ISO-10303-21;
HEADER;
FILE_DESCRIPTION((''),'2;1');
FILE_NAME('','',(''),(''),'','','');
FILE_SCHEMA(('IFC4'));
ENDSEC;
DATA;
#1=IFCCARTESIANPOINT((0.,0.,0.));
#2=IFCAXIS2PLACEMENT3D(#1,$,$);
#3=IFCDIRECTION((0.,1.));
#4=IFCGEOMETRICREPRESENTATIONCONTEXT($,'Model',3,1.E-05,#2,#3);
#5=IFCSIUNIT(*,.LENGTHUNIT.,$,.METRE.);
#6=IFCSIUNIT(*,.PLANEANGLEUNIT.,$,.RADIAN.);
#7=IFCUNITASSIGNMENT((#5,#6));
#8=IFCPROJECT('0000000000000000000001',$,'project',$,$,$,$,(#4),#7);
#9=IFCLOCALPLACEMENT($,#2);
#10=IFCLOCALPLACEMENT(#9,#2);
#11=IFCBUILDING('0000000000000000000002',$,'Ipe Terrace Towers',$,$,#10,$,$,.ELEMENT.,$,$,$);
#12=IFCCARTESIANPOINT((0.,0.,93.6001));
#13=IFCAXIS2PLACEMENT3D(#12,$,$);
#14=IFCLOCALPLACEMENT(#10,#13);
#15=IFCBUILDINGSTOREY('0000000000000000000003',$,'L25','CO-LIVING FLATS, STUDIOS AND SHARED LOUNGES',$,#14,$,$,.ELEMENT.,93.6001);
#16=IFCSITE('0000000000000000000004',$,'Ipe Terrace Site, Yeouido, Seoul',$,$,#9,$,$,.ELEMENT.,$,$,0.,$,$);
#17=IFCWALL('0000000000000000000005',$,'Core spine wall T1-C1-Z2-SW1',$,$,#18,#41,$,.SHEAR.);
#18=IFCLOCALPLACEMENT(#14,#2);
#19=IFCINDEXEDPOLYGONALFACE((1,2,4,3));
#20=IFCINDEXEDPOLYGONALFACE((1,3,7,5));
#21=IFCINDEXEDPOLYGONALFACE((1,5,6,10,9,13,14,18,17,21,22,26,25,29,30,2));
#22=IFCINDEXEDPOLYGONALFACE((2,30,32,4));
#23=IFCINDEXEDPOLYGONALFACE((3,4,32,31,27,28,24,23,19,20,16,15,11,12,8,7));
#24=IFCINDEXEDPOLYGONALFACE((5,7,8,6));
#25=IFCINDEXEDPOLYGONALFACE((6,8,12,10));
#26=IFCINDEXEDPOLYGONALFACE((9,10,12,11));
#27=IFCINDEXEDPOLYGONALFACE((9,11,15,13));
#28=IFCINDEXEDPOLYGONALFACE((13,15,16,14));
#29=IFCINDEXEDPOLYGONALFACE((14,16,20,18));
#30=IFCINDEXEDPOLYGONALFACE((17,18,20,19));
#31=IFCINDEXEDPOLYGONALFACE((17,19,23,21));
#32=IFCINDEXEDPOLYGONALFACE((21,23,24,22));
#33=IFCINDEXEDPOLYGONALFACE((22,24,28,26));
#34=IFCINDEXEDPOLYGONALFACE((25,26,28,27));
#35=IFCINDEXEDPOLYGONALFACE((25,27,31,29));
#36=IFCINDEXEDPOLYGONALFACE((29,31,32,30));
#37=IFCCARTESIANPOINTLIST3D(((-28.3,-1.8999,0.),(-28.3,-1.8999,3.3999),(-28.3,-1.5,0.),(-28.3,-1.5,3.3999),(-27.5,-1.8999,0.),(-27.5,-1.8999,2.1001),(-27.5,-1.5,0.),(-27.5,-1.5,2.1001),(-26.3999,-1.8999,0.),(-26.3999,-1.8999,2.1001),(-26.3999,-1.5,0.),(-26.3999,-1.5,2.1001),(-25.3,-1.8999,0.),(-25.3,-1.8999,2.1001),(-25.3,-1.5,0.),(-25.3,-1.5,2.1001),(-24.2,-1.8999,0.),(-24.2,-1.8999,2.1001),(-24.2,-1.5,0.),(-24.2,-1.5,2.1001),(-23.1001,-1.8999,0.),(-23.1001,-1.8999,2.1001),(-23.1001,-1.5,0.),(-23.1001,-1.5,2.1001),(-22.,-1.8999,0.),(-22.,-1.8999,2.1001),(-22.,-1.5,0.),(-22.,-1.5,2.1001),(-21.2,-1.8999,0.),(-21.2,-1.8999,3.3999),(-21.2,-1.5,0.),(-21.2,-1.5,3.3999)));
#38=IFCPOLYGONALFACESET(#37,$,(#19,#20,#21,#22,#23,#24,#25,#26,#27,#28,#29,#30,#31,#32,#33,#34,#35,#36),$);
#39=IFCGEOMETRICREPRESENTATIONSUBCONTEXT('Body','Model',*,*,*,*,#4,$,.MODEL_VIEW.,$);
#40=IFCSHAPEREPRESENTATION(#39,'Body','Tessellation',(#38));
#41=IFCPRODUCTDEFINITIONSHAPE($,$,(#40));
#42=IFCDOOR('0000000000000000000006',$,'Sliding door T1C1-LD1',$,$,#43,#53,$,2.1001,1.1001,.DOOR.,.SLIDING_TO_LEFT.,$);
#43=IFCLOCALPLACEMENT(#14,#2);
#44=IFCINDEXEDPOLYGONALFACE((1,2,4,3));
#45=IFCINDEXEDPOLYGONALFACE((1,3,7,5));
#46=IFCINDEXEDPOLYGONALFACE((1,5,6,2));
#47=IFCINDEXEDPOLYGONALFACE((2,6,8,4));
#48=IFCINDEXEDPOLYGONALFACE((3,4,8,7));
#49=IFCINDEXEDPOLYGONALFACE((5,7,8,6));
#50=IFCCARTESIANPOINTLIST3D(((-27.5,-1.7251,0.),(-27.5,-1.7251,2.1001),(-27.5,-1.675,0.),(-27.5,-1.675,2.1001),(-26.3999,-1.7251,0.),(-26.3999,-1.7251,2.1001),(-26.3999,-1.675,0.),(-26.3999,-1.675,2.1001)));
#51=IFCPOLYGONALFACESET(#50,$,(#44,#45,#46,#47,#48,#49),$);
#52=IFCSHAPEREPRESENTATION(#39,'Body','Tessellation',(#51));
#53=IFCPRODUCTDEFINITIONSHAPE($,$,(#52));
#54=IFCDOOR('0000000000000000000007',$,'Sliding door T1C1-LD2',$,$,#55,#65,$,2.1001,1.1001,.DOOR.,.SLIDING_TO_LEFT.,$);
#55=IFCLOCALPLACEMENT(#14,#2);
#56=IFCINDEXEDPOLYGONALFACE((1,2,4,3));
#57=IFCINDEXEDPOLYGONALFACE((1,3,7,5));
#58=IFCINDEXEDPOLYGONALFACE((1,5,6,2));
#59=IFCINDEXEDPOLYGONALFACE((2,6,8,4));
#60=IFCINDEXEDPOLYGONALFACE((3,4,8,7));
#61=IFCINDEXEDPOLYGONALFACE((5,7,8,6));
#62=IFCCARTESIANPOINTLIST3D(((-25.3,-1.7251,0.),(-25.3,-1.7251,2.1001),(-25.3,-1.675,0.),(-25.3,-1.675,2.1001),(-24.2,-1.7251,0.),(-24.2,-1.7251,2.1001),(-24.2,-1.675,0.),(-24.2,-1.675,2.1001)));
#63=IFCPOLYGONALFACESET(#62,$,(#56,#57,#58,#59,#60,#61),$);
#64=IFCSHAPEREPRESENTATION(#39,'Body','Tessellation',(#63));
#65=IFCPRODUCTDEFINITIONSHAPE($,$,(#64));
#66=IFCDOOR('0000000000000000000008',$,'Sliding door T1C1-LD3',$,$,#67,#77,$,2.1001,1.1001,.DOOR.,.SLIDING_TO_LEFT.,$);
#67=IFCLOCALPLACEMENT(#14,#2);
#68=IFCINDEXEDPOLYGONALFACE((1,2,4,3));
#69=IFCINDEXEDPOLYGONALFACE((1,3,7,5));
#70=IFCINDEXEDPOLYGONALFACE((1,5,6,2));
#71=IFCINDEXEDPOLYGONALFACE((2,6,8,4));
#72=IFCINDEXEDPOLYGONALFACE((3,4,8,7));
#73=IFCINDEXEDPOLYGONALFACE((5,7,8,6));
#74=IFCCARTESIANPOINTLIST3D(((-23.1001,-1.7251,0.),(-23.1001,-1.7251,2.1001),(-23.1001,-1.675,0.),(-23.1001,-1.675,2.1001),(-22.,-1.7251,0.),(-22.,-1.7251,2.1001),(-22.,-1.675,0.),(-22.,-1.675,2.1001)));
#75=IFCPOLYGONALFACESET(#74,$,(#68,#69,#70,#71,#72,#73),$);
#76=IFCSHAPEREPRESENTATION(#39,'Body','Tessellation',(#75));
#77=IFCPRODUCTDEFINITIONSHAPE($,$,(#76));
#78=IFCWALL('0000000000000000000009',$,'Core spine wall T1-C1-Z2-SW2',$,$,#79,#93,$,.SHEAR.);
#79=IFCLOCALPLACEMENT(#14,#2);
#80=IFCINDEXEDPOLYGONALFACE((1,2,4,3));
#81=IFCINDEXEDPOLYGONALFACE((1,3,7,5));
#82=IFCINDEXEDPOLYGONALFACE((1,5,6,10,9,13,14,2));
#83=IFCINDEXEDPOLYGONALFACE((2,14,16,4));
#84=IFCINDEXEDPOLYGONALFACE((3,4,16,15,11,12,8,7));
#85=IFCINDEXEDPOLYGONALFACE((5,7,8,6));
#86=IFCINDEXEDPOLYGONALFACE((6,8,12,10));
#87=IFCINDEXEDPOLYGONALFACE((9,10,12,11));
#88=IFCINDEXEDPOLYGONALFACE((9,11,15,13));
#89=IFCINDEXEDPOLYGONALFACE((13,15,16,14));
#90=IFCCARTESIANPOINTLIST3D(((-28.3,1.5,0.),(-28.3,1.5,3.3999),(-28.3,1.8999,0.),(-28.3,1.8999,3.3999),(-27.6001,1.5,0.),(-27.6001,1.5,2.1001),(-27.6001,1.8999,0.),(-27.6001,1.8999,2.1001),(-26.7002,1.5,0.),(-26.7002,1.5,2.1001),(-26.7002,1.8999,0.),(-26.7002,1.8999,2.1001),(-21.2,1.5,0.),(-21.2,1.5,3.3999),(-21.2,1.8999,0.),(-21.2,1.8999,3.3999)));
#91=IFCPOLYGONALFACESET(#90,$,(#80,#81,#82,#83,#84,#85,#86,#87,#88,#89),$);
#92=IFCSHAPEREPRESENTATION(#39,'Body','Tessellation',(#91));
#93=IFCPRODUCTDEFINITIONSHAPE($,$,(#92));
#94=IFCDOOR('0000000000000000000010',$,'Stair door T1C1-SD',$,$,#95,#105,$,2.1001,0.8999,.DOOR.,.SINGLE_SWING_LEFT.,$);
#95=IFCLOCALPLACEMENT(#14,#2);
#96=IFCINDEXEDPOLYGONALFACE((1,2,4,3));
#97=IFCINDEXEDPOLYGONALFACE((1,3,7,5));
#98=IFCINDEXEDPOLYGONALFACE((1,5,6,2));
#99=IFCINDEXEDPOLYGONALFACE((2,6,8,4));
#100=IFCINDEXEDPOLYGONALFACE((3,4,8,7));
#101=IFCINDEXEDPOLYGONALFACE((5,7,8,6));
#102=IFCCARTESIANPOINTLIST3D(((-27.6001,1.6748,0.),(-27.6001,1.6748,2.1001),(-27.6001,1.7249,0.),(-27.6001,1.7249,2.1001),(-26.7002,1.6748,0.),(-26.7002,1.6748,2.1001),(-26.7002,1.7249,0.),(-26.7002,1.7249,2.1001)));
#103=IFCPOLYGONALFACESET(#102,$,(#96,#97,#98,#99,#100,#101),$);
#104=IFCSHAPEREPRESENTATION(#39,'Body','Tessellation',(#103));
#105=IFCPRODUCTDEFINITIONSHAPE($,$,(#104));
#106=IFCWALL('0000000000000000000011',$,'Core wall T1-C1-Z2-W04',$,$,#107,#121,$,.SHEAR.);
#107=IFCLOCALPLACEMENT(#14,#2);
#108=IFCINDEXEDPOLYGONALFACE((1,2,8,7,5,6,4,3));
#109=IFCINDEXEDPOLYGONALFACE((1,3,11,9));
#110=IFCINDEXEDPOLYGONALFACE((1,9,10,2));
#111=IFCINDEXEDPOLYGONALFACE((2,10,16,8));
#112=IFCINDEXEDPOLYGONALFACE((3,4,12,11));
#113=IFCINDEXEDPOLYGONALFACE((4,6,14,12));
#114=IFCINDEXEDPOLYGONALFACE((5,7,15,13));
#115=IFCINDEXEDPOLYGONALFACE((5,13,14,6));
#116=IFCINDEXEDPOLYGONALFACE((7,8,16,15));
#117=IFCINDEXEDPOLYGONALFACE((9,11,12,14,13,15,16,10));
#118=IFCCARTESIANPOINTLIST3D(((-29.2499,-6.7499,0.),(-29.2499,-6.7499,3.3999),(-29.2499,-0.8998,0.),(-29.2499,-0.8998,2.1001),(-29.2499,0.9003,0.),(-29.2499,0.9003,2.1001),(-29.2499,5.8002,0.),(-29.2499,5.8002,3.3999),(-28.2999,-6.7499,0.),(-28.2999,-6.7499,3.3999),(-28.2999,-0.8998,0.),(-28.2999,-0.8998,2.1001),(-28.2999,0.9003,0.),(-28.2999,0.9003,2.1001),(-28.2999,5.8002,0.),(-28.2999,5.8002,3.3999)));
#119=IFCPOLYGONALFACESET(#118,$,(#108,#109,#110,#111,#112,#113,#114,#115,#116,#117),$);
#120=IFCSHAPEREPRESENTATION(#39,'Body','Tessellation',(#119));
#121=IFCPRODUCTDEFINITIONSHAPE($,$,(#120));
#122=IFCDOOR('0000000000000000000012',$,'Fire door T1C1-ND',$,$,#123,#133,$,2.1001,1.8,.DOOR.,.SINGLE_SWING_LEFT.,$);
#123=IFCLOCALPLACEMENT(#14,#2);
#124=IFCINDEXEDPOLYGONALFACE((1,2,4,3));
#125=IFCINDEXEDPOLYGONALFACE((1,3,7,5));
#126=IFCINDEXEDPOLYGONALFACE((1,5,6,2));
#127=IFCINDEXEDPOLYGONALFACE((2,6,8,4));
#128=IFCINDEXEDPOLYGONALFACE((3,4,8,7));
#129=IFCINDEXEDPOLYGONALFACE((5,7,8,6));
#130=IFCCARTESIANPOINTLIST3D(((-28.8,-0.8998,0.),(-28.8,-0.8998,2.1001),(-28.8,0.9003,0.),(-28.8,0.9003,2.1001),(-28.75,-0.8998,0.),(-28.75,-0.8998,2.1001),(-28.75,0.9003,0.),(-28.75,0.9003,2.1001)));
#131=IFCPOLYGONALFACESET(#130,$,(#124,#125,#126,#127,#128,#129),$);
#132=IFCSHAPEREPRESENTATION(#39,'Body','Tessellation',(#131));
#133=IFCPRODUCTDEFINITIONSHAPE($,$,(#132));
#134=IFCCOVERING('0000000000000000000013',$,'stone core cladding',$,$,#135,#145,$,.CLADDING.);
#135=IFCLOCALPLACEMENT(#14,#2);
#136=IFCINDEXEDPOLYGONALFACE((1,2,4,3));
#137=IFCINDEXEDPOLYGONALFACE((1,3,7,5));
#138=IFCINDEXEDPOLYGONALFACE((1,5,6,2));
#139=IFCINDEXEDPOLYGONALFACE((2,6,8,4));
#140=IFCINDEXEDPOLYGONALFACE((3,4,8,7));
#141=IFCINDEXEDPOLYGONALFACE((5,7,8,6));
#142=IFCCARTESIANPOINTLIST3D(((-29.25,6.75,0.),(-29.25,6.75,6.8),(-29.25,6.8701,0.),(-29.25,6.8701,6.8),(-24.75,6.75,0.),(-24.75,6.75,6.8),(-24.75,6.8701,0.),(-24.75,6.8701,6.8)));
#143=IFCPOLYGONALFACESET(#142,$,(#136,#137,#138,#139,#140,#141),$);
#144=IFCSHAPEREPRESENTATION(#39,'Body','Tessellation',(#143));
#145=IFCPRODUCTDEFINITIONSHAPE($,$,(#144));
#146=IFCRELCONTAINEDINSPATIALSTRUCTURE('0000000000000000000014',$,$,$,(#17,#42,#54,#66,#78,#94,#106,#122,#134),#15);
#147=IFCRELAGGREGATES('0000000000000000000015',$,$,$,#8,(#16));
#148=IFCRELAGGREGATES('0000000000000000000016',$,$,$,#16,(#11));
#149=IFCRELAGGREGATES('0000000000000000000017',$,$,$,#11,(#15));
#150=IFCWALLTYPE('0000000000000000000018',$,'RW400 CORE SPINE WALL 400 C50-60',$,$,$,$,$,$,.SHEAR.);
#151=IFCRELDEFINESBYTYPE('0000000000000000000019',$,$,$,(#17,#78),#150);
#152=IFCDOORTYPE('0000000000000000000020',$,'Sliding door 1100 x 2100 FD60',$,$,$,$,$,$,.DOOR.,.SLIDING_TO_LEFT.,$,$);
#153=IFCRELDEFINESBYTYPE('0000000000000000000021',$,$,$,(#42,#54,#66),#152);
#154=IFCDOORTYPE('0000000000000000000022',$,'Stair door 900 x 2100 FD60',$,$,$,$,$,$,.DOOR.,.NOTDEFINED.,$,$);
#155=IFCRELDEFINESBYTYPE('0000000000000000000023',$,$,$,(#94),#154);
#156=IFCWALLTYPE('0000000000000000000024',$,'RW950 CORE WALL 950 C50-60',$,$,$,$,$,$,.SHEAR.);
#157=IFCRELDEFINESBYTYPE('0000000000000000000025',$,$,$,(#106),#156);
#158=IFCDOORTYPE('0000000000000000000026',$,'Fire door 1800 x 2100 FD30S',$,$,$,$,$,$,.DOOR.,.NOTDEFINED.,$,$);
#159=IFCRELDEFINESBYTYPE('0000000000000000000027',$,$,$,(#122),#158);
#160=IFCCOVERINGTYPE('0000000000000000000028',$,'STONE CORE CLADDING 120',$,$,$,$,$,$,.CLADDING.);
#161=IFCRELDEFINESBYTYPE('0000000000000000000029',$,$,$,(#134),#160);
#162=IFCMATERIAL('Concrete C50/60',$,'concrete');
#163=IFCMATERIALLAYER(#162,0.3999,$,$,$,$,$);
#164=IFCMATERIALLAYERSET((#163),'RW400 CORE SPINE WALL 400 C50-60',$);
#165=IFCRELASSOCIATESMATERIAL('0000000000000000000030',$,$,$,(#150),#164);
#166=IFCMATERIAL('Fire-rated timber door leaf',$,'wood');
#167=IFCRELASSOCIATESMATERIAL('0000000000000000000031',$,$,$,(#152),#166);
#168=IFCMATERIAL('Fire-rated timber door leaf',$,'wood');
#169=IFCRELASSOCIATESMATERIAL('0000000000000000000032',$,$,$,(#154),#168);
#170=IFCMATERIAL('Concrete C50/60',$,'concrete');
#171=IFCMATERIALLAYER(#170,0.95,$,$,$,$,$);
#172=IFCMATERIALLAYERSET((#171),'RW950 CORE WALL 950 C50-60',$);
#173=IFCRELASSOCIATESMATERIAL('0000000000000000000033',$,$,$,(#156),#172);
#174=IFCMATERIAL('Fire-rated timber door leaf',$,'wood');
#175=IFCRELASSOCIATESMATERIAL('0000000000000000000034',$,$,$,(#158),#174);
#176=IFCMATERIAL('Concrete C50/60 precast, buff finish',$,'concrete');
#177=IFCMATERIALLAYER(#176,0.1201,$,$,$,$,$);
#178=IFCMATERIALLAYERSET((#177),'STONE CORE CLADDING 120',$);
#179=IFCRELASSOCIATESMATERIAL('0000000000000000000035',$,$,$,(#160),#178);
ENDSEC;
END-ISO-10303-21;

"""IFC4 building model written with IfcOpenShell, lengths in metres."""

from ifc_helpers import new_model, si_unit, direction, frame, frame_2d, origin, origin_2d, place, context, subcontext, project, spatial, rectangle, extrude, material, layer, layer_set, type_object, element, fill, save


model = new_model("IFC4")

# Units and contexts
model_context = context("Model", 3, precision=1e-05, world=origin(), true_north=direction((0.0, 1.0)))
body_context = subcontext(model_context, "Body", "Model", "MODEL_VIEW")
ifc_project = project(units=[si_unit("LENGTHUNIT", "METRE"), si_unit("PLANEANGLEUNIT", "RADIAN")], contexts=[model_context])

# Site, building, storey
site_placement = place(None, origin())
site = spatial("IfcSite", under=ifc_project, at=site_placement, Name="Ipe Terrace Site, Yeouido, Seoul", CompositionType="ELEMENT", RefElevation=0.0)
building_placement = place(site_placement, origin())
building = spatial("IfcBuilding", under=site, at=building_placement, Name="Ipe Terrace Towers", CompositionType="ELEMENT")
storey_placement = place(building_placement, frame((0.0, 0.0, 93.6001)))
storey = spatial("IfcBuildingStorey", under=building, at=storey_placement, Name="L25", Description="CO-LIVING FLATS, STUDIOS AND SHARED LOUNGES", CompositionType="ELEMENT", Elevation=93.6001)

# Wall, openings, doors
ifc_material_1 = material(Name="Concrete C50/60", Category="concrete")
ifc_layer_1 = layer(ifc_material_1, 0.3999)
ifc_layer_set_1 = layer_set([ifc_layer_1], Name="RW400 CORE SPINE WALL 400 C50-60")
wall_type_1 = type_object("IfcWallType", Name="RW400 CORE SPINE WALL 400 C50-60", PredefinedType="SHEAR", material=ifc_layer_set_1)
wall_1_placement = place(storey_placement, frame((-28.3, -1.7, 0.0), z_axis=(0.0, 0.0, 1.0), x_axis=(1.0, 0.0, 0.0)))
wall_1 = element("IfcWall", 1, at=wall_1_placement, inside=storey, type_object=wall_type_1, Name="Core spine wall T1-C1-Z2-SW1", PredefinedType="SHEAR", context=body_context, shape_type="SweptSolid", body=[
    extrude(rectangle(XDim=7.1001, YDim=0.3999, at=frame_2d((3.55, 0.0))), origin(), (0.0, 0.0, 1.0), 3.3999),
])
opening_1_placement = place(wall_1_placement, frame((0.8, 0.0, 0.0)))
opening_1 = element("IfcOpeningElement", 2, at=opening_1_placement, cuts=wall_1, PredefinedType="OPENING", context=body_context, shape_type="SweptSolid", body=[
    extrude(rectangle(XDim=1.1001, YDim=2.1001, at=frame_2d((0.55, 1.05))), frame((0.0, 0.21, 0.0), z_axis=(0.0, -1.0, 0.0), x_axis=(1.0, 0.0, 0.0)), (0.0, 0.0, 1.0), 0.4199),
])
opening_2_placement = place(wall_1_placement, frame((3.0, 0.0, 0.0)))
opening_2 = element("IfcOpeningElement", 3, at=opening_2_placement, cuts=wall_1, PredefinedType="OPENING", context=body_context, shape_type="SweptSolid", body=[
    extrude(rectangle(XDim=1.1001, YDim=2.1001, at=frame_2d((0.55, 1.05))), frame((0.0, 0.21, 0.0), z_axis=(0.0, -1.0, 0.0), x_axis=(1.0, 0.0, 0.0)), (0.0, 0.0, 1.0), 0.4199),
])
opening_3_placement = place(wall_1_placement, frame((5.2, 0.0, 0.0)))
opening_3 = element("IfcOpeningElement", 4, at=opening_3_placement, cuts=wall_1, PredefinedType="OPENING", context=body_context, shape_type="SweptSolid", body=[
    extrude(rectangle(XDim=1.1001, YDim=2.1001, at=frame_2d((0.55, 1.05))), frame((0.0, 0.21, 0.0), z_axis=(0.0, -1.0, 0.0), x_axis=(1.0, 0.0, 0.0)), (0.0, 0.0, 1.0), 0.4199),
])
ifc_material_2 = material(Name="Fire-rated timber door leaf", Category="wood")
door_type_1 = type_object("IfcDoorType", Name="Sliding door 1100 x 2100 FD60", OperationType="SLIDING_TO_LEFT", PredefinedType="DOOR", material=ifc_material_2)
door_1_placement = place(opening_1_placement, origin())
door_1 = element("IfcDoor", 5, at=door_1_placement, inside=storey, type_object=door_type_1, Name="Sliding door T1C1-LD1", OperationType="SLIDING_TO_LEFT", OverallHeight=2.1001, OverallWidth=1.1001, PredefinedType="DOOR", context=body_context, shape_type="SweptSolid", body=[
    extrude(rectangle(XDim=1.1001, YDim=2.1001, at=frame_2d((0.55, 1.05))), frame((0.0, 0.0249, 0.0), z_axis=(0.0, -1.0, 0.0), x_axis=(1.0, 0.0, 0.0)), (0.0, 0.0, 1.0), 0.05),
])
fill(opening_1, door_1)
door_2_placement = place(opening_2_placement, origin())
door_2 = element("IfcDoor", 6, at=door_2_placement, inside=storey, type_object=door_type_1, Name="Sliding door T1C1-LD2", OperationType="SLIDING_TO_LEFT", OverallHeight=2.1001, OverallWidth=1.1001, PredefinedType="DOOR", context=body_context, shape_type="SweptSolid", body=[
    extrude(rectangle(XDim=1.1001, YDim=2.1001, at=frame_2d((0.55, 1.05))), frame((0.0, 0.0249, 0.0), z_axis=(0.0, -1.0, 0.0), x_axis=(1.0, 0.0, 0.0)), (0.0, 0.0, 1.0), 0.05),
])
fill(opening_2, door_2)
door_3_placement = place(opening_3_placement, origin())
door_3 = element("IfcDoor", 7, at=door_3_placement, inside=storey, type_object=door_type_1, Name="Sliding door T1C1-LD3", OperationType="SLIDING_TO_LEFT", OverallHeight=2.1001, OverallWidth=1.1001, PredefinedType="DOOR", context=body_context, shape_type="SweptSolid", body=[
    extrude(rectangle(XDim=1.1001, YDim=2.1001, at=frame_2d((0.55, 1.05))), frame((0.0, 0.0249, 0.0), z_axis=(0.0, -1.0, 0.0), x_axis=(1.0, 0.0, 0.0)), (0.0, 0.0, 1.0), 0.05),
])
fill(opening_3, door_3)

# Walls, openings, doors
wall_2_placement = place(storey_placement, frame((-28.3, 1.7, 0.0), z_axis=(0.0, 0.0, 1.0), x_axis=(1.0, 0.0, 0.0)))
wall_2 = element("IfcWall", 8, at=wall_2_placement, inside=storey, type_object=wall_type_1, Name="Core spine wall T1-C1-Z2-SW2", PredefinedType="SHEAR", context=body_context, shape_type="SweptSolid", body=[
    extrude(rectangle(XDim=7.1001, YDim=0.3999, at=frame_2d((3.55, 0.0))), origin(), (0.0, 0.0, 1.0), 3.3999),
])
opening_4_placement = place(wall_2_placement, frame((0.7, 0.0, 0.0)))
opening_4 = element("IfcOpeningElement", 9, at=opening_4_placement, cuts=wall_2, PredefinedType="OPENING", context=body_context, shape_type="SweptSolid", body=[
    extrude(rectangle(XDim=0.8999, YDim=2.1001, at=frame_2d((0.45, 1.05))), frame((0.0, 0.21, 0.0), z_axis=(0.0, -1.0, 0.0), x_axis=(1.0, 0.0, 0.0)), (0.0, 0.0, 1.0), 0.4199),
])
ifc_material_3 = material(Name="Fire-rated timber door leaf", Category="wood")
door_type_2 = type_object("IfcDoorType", Name="Stair door 900 x 2100 FD60", OperationType="NOTDEFINED", PredefinedType="DOOR", material=ifc_material_3)
door_4_placement = place(opening_4_placement, origin())
door_4 = element("IfcDoor", 10, at=door_4_placement, inside=storey, type_object=door_type_2, Name="Stair door T1C1-SD", OperationType="SINGLE_SWING_LEFT", OverallHeight=2.1001, OverallWidth=0.8999, PredefinedType="DOOR", context=body_context, shape_type="SweptSolid", body=[
    extrude(rectangle(XDim=0.8999, YDim=2.1001, at=frame_2d((0.45, 1.05))), frame((0.0, 0.0249, 0.0), z_axis=(0.0, -1.0, 0.0), x_axis=(1.0, 0.0, 0.0)), (0.0, 0.0, 1.0), 0.05),
])
fill(opening_4, door_4)
ifc_material_4 = material(Name="Concrete C50/60", Category="concrete")
ifc_layer_2 = layer(ifc_material_4, 0.95)
ifc_layer_set_2 = layer_set([ifc_layer_2], Name="RW950 CORE WALL 950 C50-60")
wall_type_2 = type_object("IfcWallType", Name="RW950 CORE WALL 950 C50-60", PredefinedType="SHEAR", material=ifc_layer_set_2)
wall_3_placement = place(storey_placement, frame((-28.7749, 5.8, 0.0), z_axis=(0.0, 0.0, 1.0), x_axis=(0.0, -1.0, 0.0)))
wall_3 = element("IfcWall", 11, at=wall_3_placement, inside=storey, type_object=wall_type_2, Name="Core wall T1-C1-Z2-W04", PredefinedType="SHEAR", context=body_context, shape_type="SweptSolid", body=[
    extrude(rectangle(XDim=12.55, YDim=0.95, at=frame_2d((6.2749, 0.0))), origin(), (0.0, 0.0, 1.0), 3.3999),
])
opening_5_placement = place(wall_3_placement, frame((4.8999, 0.0, 0.0)))
opening_5 = element("IfcOpeningElement", 12, at=opening_5_placement, cuts=wall_3, PredefinedType="OPENING", context=body_context, shape_type="SweptSolid", body=[
    extrude(rectangle(XDim=1.8, YDim=2.1001, at=frame_2d((0.8999, 1.05))), frame((0.0, 0.4849, 0.0), z_axis=(0.0, -1.0, 0.0), x_axis=(1.0, 0.0, 0.0)), (0.0, 0.0, 1.0), 0.97),
])
ifc_material_5 = material(Name="Fire-rated timber door leaf", Category="wood")
door_type_3 = type_object("IfcDoorType", Name="Fire door 1800 x 2100 FD30S", OperationType="NOTDEFINED", PredefinedType="DOOR", material=ifc_material_5)
door_5_placement = place(opening_5_placement, origin())
door_5 = element("IfcDoor", 13, at=door_5_placement, inside=storey, type_object=door_type_3, Name="Fire door T1C1-ND", OperationType="SINGLE_SWING_LEFT", OverallHeight=2.1001, OverallWidth=1.8, PredefinedType="DOOR", context=body_context, shape_type="SweptSolid", body=[
    extrude(rectangle(XDim=1.8, YDim=2.1001, at=frame_2d((0.8999, 1.05))), frame((0.0, 0.0249, 0.0), z_axis=(0.0, -1.0, 0.0), x_axis=(1.0, 0.0, 0.0)), (0.0, 0.0, 1.0), 0.05),
])
fill(opening_5, door_5)

# Covering
ifc_material_6 = material(Name="Concrete C50/60 precast, buff finish", Category="concrete")
ifc_layer_3 = layer(ifc_material_6, 0.1201)
ifc_layer_set_3 = layer_set([ifc_layer_3], Name="STONE CORE CLADDING 120")
covering_type = type_object("IfcCoveringType", Name="STONE CORE CLADDING 120", PredefinedType="CLADDING", material=ifc_layer_set_3)
covering_placement = place(storey_placement, frame((-27.0, 6.8101, 0.0), z_axis=(0.0, 0.0, 1.0), x_axis=(-1.0, 0.0, 0.0)))
element("IfcCovering", 14, at=covering_placement, inside=storey, type_object=covering_type, Name="stone core cladding", PredefinedType="CLADDING", context=body_context, shape_type="SweptSolid", body=[
    extrude(rectangle(XDim=4.5, YDim=0.1201, at=origin_2d()), origin(), (0.0, 0.0, 1.0), 6.8),
])

save(model, "model.ifc")
